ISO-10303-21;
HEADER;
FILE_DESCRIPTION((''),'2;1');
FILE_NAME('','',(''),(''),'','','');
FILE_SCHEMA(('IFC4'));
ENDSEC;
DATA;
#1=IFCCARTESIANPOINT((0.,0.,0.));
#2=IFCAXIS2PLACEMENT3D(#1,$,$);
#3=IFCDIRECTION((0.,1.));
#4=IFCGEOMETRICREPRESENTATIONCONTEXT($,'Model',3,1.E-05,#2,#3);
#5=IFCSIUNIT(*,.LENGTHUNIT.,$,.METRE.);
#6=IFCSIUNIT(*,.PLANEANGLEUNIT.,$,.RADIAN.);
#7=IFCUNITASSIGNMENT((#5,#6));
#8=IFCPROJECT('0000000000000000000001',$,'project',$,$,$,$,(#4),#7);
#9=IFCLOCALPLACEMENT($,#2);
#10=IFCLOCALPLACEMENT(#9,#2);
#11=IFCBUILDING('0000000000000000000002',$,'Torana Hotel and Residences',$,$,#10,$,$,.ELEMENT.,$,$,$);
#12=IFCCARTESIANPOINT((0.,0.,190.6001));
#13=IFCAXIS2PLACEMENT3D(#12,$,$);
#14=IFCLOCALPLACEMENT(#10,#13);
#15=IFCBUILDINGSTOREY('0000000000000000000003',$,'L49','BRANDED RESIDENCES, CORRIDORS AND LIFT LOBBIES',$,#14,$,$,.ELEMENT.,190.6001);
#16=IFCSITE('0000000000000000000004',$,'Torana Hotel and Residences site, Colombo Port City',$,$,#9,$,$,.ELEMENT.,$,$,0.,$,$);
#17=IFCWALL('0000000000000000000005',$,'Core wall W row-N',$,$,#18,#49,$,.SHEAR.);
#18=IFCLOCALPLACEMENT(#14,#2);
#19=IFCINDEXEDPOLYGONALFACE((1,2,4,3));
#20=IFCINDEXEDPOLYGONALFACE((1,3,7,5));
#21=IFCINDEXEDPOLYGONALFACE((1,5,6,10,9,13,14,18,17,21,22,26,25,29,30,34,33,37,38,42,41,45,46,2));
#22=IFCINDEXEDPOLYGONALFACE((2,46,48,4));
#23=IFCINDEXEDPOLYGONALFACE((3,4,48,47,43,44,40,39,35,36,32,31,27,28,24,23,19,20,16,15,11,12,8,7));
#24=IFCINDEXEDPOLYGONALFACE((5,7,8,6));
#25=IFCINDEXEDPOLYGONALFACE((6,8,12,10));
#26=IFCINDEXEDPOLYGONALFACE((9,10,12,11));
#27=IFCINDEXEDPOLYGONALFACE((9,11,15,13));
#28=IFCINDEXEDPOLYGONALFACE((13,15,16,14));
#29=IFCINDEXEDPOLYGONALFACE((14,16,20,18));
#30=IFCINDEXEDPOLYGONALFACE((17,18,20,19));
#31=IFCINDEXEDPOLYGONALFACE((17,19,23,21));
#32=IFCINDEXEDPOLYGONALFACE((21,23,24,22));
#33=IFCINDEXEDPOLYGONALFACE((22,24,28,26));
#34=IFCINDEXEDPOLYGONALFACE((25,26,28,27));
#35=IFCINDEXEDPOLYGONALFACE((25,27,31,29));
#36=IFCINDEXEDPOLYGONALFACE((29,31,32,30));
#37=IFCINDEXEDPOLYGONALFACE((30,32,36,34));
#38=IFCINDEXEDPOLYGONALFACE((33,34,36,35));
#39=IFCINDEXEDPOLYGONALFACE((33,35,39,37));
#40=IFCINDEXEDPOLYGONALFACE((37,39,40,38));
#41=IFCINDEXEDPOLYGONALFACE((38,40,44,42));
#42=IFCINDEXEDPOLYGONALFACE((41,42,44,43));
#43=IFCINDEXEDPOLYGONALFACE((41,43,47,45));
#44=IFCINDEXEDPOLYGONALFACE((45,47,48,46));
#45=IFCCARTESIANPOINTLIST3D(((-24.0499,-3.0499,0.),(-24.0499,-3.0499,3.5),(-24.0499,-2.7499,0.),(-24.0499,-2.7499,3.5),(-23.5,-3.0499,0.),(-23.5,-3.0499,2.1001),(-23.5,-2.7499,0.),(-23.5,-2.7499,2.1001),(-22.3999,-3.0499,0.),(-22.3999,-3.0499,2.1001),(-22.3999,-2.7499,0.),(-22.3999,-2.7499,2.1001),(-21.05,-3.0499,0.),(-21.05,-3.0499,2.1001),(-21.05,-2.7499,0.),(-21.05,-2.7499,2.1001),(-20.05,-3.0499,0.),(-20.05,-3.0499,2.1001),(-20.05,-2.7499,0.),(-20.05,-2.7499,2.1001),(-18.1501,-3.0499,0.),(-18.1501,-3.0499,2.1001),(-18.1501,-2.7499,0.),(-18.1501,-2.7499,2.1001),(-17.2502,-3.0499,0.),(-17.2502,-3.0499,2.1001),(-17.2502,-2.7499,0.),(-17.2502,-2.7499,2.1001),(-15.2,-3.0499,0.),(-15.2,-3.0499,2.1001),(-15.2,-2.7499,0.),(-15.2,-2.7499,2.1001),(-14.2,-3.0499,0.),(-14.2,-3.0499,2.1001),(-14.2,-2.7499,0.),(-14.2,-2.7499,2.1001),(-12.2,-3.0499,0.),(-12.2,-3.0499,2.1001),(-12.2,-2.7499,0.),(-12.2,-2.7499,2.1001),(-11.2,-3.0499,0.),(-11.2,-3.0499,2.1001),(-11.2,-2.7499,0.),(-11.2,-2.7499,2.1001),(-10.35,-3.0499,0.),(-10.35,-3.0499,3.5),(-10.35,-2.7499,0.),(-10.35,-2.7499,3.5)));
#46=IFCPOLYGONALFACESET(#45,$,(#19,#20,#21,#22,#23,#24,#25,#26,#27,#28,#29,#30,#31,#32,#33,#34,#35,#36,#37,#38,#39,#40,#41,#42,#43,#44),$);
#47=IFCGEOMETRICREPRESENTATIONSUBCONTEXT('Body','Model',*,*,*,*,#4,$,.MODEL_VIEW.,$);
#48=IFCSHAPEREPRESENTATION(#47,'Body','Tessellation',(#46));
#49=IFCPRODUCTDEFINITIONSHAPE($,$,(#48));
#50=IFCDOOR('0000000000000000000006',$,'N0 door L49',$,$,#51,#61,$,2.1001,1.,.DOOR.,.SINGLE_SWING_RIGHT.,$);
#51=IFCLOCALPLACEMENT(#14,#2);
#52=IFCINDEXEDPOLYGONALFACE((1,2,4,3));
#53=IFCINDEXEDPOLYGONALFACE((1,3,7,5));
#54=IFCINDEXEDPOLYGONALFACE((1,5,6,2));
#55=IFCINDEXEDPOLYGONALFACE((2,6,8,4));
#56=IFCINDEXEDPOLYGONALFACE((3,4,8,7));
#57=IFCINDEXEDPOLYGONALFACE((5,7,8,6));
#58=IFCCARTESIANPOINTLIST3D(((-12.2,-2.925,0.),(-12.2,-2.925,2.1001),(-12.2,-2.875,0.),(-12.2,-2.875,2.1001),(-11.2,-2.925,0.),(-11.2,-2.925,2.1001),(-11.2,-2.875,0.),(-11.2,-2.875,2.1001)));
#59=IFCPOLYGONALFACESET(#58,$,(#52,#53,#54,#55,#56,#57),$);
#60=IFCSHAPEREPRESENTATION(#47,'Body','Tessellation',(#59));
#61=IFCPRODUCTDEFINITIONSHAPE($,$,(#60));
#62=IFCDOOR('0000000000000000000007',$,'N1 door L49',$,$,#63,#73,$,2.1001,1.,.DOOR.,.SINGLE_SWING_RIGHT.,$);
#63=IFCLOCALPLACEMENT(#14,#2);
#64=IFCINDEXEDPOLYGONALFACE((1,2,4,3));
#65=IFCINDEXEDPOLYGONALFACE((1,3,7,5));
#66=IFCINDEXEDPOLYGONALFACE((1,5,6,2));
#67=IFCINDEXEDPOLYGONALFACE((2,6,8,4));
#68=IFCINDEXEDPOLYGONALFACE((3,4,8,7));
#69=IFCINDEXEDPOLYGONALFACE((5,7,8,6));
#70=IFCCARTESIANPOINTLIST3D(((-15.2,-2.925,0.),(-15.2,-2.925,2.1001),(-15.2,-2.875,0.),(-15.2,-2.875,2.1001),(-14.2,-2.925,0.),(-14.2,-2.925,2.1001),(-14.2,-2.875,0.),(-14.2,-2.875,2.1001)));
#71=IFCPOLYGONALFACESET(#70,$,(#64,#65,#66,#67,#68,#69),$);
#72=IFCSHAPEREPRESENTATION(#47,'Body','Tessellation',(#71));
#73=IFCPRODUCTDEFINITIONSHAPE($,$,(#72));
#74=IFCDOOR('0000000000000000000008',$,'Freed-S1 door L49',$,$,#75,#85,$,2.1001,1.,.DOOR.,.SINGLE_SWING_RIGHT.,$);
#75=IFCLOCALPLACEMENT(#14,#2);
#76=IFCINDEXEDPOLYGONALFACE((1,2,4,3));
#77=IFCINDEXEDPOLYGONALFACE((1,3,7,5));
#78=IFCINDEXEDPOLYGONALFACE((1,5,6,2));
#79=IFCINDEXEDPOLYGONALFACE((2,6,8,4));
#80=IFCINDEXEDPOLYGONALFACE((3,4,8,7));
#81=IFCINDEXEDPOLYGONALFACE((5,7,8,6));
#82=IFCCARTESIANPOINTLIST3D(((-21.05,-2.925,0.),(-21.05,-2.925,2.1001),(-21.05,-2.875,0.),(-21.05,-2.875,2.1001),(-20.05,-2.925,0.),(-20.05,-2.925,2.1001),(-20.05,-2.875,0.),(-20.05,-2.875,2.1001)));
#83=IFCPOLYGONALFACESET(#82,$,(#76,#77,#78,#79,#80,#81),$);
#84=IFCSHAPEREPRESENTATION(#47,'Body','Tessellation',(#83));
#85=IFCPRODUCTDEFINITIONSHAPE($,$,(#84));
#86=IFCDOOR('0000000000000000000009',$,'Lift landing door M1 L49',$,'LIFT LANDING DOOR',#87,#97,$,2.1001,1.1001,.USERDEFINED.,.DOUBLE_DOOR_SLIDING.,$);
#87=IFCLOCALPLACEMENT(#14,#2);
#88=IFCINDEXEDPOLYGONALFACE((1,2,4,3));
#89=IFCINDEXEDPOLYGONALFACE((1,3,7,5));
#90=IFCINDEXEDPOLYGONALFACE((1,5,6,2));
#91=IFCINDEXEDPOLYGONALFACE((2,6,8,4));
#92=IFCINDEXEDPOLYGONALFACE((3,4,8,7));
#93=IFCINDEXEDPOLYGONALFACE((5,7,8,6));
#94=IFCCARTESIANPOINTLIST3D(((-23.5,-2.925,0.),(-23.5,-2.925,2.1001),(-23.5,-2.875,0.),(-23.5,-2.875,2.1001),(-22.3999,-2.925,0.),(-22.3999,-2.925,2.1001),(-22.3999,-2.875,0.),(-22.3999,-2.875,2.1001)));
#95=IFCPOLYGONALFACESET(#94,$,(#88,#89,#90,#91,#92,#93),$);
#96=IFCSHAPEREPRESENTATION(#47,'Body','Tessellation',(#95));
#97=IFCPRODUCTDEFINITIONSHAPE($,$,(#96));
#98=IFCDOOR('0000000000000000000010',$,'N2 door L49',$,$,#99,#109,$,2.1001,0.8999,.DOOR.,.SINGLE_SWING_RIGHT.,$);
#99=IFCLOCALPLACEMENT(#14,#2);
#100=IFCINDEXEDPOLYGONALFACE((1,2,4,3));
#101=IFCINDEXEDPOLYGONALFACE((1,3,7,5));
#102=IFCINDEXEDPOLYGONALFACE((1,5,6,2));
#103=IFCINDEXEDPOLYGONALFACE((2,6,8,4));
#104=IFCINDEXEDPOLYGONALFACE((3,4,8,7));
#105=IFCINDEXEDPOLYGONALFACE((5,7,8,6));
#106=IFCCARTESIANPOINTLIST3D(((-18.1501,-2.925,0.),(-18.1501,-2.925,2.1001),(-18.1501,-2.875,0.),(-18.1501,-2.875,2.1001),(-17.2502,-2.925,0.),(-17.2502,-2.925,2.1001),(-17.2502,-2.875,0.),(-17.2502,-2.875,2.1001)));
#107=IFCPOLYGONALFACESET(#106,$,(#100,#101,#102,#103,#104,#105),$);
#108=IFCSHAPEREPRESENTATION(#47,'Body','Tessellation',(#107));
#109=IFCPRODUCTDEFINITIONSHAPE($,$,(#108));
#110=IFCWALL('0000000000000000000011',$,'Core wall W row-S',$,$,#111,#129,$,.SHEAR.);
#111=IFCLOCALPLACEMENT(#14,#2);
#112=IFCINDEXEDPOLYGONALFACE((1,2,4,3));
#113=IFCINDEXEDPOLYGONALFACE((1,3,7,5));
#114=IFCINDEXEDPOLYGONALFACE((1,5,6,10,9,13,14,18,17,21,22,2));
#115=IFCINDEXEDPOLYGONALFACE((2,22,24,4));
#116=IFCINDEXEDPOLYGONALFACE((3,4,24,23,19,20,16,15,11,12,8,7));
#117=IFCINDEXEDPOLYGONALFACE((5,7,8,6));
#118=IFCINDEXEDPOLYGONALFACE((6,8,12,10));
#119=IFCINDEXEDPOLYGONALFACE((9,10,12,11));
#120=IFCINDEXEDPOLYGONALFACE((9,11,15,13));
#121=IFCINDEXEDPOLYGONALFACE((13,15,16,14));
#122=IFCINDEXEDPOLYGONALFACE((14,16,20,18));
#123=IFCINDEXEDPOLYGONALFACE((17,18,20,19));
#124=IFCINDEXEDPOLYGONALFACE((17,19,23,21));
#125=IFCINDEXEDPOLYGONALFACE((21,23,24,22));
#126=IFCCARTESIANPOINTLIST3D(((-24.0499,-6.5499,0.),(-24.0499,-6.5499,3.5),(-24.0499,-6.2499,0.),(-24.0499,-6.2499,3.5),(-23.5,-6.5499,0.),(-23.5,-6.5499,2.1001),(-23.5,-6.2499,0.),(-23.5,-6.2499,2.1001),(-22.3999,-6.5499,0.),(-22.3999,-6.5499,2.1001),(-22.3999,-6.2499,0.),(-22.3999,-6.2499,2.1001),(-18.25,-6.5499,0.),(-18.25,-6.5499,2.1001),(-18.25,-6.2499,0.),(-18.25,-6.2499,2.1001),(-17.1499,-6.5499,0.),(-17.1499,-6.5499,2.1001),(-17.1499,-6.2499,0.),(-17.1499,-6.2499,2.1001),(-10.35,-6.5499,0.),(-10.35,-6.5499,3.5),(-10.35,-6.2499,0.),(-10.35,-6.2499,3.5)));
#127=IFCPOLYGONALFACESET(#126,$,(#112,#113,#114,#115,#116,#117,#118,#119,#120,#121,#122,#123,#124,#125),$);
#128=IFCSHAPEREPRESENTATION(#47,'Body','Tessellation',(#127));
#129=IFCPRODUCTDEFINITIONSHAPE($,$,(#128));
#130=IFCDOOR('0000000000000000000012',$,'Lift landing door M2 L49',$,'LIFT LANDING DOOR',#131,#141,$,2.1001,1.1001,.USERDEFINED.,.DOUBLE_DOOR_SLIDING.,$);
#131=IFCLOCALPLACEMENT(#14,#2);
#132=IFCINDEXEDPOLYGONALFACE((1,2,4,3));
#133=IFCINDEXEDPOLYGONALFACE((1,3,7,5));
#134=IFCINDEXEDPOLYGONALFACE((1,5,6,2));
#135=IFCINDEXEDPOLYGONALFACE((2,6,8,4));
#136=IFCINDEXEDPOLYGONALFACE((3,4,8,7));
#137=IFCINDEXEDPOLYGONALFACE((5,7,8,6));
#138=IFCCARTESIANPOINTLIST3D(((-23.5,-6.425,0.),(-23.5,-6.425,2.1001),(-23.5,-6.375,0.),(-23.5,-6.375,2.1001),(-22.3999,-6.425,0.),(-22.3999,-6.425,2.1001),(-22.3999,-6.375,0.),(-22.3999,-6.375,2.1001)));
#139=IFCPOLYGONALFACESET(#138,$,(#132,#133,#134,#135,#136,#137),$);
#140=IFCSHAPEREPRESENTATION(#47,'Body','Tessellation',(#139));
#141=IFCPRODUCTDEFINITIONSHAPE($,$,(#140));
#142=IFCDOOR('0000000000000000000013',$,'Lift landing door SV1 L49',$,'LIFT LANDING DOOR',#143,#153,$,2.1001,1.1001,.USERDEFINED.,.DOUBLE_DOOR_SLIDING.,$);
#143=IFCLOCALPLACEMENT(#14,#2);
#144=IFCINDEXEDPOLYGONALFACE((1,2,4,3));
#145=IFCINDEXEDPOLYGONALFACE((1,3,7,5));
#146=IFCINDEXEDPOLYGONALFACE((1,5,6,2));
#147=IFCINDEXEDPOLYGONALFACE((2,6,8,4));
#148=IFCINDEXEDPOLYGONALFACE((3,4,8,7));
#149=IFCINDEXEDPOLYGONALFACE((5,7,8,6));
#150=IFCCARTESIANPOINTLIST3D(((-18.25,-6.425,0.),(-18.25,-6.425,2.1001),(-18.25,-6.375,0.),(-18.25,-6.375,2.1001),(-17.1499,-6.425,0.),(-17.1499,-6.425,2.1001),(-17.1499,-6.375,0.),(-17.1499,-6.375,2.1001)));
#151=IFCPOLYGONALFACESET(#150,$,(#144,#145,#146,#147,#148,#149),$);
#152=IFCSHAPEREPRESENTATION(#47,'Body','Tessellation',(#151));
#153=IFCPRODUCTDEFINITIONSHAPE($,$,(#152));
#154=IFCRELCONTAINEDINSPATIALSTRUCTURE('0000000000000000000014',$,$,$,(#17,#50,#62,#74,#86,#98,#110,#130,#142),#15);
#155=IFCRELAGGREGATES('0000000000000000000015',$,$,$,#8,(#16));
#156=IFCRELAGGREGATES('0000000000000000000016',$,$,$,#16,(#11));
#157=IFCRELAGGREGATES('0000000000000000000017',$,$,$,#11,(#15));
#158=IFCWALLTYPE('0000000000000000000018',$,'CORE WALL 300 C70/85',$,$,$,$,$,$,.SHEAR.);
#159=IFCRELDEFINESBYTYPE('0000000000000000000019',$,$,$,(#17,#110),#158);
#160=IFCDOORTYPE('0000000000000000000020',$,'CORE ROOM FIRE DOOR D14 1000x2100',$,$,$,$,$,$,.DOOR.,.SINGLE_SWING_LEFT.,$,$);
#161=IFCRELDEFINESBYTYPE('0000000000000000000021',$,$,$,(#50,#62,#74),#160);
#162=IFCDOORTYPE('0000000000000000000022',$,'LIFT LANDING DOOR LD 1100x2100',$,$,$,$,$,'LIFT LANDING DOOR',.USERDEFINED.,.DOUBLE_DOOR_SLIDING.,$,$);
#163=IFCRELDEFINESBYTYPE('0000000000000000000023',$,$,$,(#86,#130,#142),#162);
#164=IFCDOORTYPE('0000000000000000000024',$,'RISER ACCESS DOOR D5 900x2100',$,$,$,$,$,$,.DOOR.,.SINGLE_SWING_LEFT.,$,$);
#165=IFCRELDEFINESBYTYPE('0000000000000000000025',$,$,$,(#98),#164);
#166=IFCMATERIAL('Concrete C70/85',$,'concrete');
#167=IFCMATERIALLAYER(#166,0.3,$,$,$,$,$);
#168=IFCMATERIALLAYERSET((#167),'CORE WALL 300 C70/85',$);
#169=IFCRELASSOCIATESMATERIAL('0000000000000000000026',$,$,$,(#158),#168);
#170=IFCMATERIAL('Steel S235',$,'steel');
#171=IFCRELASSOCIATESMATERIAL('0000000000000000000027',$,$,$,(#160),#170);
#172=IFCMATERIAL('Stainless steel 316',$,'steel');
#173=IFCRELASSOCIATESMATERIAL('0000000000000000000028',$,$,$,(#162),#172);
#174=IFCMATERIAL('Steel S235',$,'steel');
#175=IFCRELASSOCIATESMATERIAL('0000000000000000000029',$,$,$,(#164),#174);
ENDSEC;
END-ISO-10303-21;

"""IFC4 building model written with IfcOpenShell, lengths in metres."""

from ifc_helpers import new_model, si_unit, direction, frame, frame_2d, origin, place, context, subcontext, project, spatial, rectangle, extrude, material, layer, layer_set, type_object, element, fill, save


model = new_model("IFC4")

# Units and contexts
model_context = context("Model", 3, precision=1e-05, world=origin(), true_north=direction((0.0, 1.0)))
body_context = subcontext(model_context, "Body", "Model", "MODEL_VIEW")
ifc_project = project(units=[si_unit("LENGTHUNIT", "METRE"), si_unit("PLANEANGLEUNIT", "RADIAN")], contexts=[model_context])

# Site, building, storey
site_placement = place(None, origin())
site = spatial("IfcSite", under=ifc_project, at=site_placement, Name="Torana Hotel and Residences site, Colombo Port City", CompositionType="ELEMENT", RefElevation=0.0)
building_placement = place(site_placement, origin())
building = spatial("IfcBuilding", under=site, at=building_placement, Name="Torana Hotel and Residences", CompositionType="ELEMENT")
storey_placement = place(building_placement, frame((0.0, 0.0, 190.6001)))
storey = spatial("IfcBuildingStorey", under=building, at=storey_placement, Name="L49", Description="BRANDED RESIDENCES, CORRIDORS AND LIFT LOBBIES", CompositionType="ELEMENT", Elevation=190.6001)

# Walls, openings, doors
ifc_material_1 = material(Name="Concrete C70/85", Category="concrete")
ifc_layer_1 = layer(ifc_material_1, 0.3)
ifc_layer_set_1 = layer_set([ifc_layer_1], Name="CORE WALL 300 C70/85")
wall_type_1 = type_object("IfcWallType", Name="CORE WALL 300 C70/85", PredefinedType="SHEAR", material=ifc_layer_set_1)
wall_1_placement = place(storey_placement, frame((-24.05, -2.8999, 0.0), z_axis=(0.0, 0.0, 1.0), x_axis=(1.0, 0.0, 0.0)))
wall_1 = element("IfcWall", 1, at=wall_1_placement, inside=storey, type_object=wall_type_1, Name="Core wall W row-N", PredefinedType="SHEAR", context=body_context, shape_type="SweptSolid", body=[
    extrude(rectangle(XDim=13.7, YDim=0.3, at=frame_2d((6.8501, 0.0))), origin(), (0.0, 0.0, 1.0), 3.5),
])
opening_1_placement = place(wall_1_placement, frame((0.55, 0.0, 0.0)))
opening_1 = element("IfcOpeningElement", 2, at=opening_1_placement, cuts=wall_1, PredefinedType="OPENING", context=body_context, shape_type="SweptSolid", body=[
    extrude(rectangle(XDim=1.1001, YDim=2.1001, at=frame_2d((0.55, 1.05))), frame((0.0, 0.1599, 0.0), z_axis=(0.0, -1.0, 0.0), x_axis=(1.0, 0.0, 0.0)), (0.0, 0.0, 1.0), 0.3201),
])
opening_2_placement = place(wall_1_placement, frame((5.8999, 0.0, 0.0)))
opening_2 = element("IfcOpeningElement", 3, at=opening_2_placement, cuts=wall_1, PredefinedType="OPENING", context=body_context, shape_type="SweptSolid", body=[
    extrude(rectangle(XDim=0.8999, YDim=2.1001, at=frame_2d((0.45, 1.05))), frame((0.0, 0.1599, 0.0), z_axis=(0.0, -1.0, 0.0), x_axis=(1.0, 0.0, 0.0)), (0.0, 0.0, 1.0), 0.3201),
])
opening_3_placement = place(wall_1_placement, frame((11.8501, 0.0, 0.0)))
opening_3 = element("IfcOpeningElement", 4, at=opening_3_placement, cuts=wall_1, PredefinedType="OPENING", context=body_context, shape_type="SweptSolid", body=[
    extrude(rectangle(XDim=1.0, YDim=2.1001, at=frame_2d((0.5, 1.05))), frame((0.0, 0.1599, 0.0), z_axis=(0.0, -1.0, 0.0), x_axis=(1.0, 0.0, 0.0)), (0.0, 0.0, 1.0), 0.3201),
])
opening_4_placement = place(wall_1_placement, frame((8.8501, 0.0, 0.0)))
opening_4 = element("IfcOpeningElement", 5, at=opening_4_placement, cuts=wall_1, PredefinedType="OPENING", context=body_context, shape_type="SweptSolid", body=[
    extrude(rectangle(XDim=1.0, YDim=2.1001, at=frame_2d((0.5, 1.05))), frame((0.0, 0.1599, 0.0), z_axis=(0.0, -1.0, 0.0), x_axis=(1.0, 0.0, 0.0)), (0.0, 0.0, 1.0), 0.3201),
])
opening_5_placement = place(wall_1_placement, frame((3.0, 0.0, 0.0)))
opening_5 = element("IfcOpeningElement", 6, at=opening_5_placement, cuts=wall_1, PredefinedType="OPENING", context=body_context, shape_type="SweptSolid", body=[
    extrude(rectangle(XDim=1.0, YDim=2.1001, at=frame_2d((0.5, 1.05))), frame((0.0, 0.1599, 0.0), z_axis=(0.0, -1.0, 0.0), x_axis=(1.0, 0.0, 0.0)), (0.0, 0.0, 1.0), 0.3201),
])
ifc_material_2 = material(Name="Steel S235", Category="steel")
door_type_1 = type_object("IfcDoorType", Name="CORE ROOM FIRE DOOR D14 1000x2100", OperationType="SINGLE_SWING_LEFT", PredefinedType="DOOR", material=ifc_material_2)
door_1_placement = place(opening_3_placement, origin())
door_1 = element("IfcDoor", 7, at=door_1_placement, inside=storey, type_object=door_type_1, Name="N0 door L49", OperationType="SINGLE_SWING_RIGHT", OverallHeight=2.1001, OverallWidth=1.0, PredefinedType="DOOR", context=body_context, shape_type="SweptSolid", body=[
    extrude(rectangle(XDim=1.0, YDim=2.1001, at=frame_2d((0.5, 1.05))), frame((0.0, 0.0249, 0.0), z_axis=(0.0, -1.0, 0.0), x_axis=(1.0, 0.0, 0.0)), (0.0, 0.0, 1.0), 0.05),
])
fill(opening_3, door_1)
door_2_placement = place(opening_4_placement, origin())
door_2 = element("IfcDoor", 8, at=door_2_placement, inside=storey, type_object=door_type_1, Name="N1 door L49", OperationType="SINGLE_SWING_RIGHT", OverallHeight=2.1001, OverallWidth=1.0, PredefinedType="DOOR", context=body_context, shape_type="SweptSolid", body=[
    extrude(rectangle(XDim=1.0, YDim=2.1001, at=frame_2d((0.5, 1.05))), frame((0.0, 0.0249, 0.0), z_axis=(0.0, -1.0, 0.0), x_axis=(1.0, 0.0, 0.0)), (0.0, 0.0, 1.0), 0.05),
])
fill(opening_4, door_2)
door_3_placement = place(opening_5_placement, origin())
door_3 = element("IfcDoor", 9, at=door_3_placement, inside=storey, type_object=door_type_1, Name="Freed-S1 door L49", OperationType="SINGLE_SWING_RIGHT", OverallHeight=2.1001, OverallWidth=1.0, PredefinedType="DOOR", context=body_context, shape_type="SweptSolid", body=[
    extrude(rectangle(XDim=1.0, YDim=2.1001, at=frame_2d((0.5, 1.05))), frame((0.0, 0.0249, 0.0), z_axis=(0.0, -1.0, 0.0), x_axis=(1.0, 0.0, 0.0)), (0.0, 0.0, 1.0), 0.05),
])
fill(opening_5, door_3)
ifc_material_3 = material(Name="Stainless steel 316", Category="steel")
door_type_2 = type_object("IfcDoorType", Name="LIFT LANDING DOOR LD 1100x2100", ElementType="LIFT LANDING DOOR", OperationType="DOUBLE_DOOR_SLIDING", PredefinedType="USERDEFINED", material=ifc_material_3)
door_4_placement = place(opening_1_placement, origin())
door_4 = element("IfcDoor", 10, at=door_4_placement, inside=storey, type_object=door_type_2, Name="Lift landing door M1 L49", ObjectType="LIFT LANDING DOOR", OperationType="DOUBLE_DOOR_SLIDING", OverallHeight=2.1001, OverallWidth=1.1001, PredefinedType="USERDEFINED", context=body_context, shape_type="SweptSolid", body=[
    extrude(rectangle(XDim=1.1001, YDim=2.1001, at=frame_2d((0.55, 1.05))), frame((0.0, 0.0249, 0.0), z_axis=(0.0, -1.0, 0.0), x_axis=(1.0, 0.0, 0.0)), (0.0, 0.0, 1.0), 0.05),
])
fill(opening_1, door_4)
ifc_material_4 = material(Name="Steel S235", Category="steel")
door_type_3 = type_object("IfcDoorType", Name="RISER ACCESS DOOR D5 900x2100", OperationType="SINGLE_SWING_LEFT", PredefinedType="DOOR", material=ifc_material_4)
door_5_placement = place(opening_2_placement, origin())
door_5 = element("IfcDoor", 11, at=door_5_placement, inside=storey, type_object=door_type_3, Name="N2 door L49", OperationType="SINGLE_SWING_RIGHT", OverallHeight=2.1001, OverallWidth=0.8999, PredefinedType="DOOR", context=body_context, shape_type="SweptSolid", body=[
    extrude(rectangle(XDim=0.8999, YDim=2.1001, at=frame_2d((0.45, 1.05))), frame((0.0, 0.0249, 0.0), z_axis=(0.0, -1.0, 0.0), x_axis=(1.0, 0.0, 0.0)), (0.0, 0.0, 1.0), 0.05),
])
fill(opening_2, door_5)
wall_2_placement = place(storey_placement, frame((-24.05, -6.3999, 0.0), z_axis=(0.0, 0.0, 1.0), x_axis=(1.0, 0.0, 0.0)))
wall_2 = element("IfcWall", 12, at=wall_2_placement, inside=storey, type_object=wall_type_1, Name="Core wall W row-S", PredefinedType="SHEAR", context=body_context, shape_type="SweptSolid", body=[
    extrude(rectangle(XDim=13.7, YDim=0.3, at=frame_2d((6.8501, 0.0))), origin(), (0.0, 0.0, 1.0), 3.5),
])
opening_6_placement = place(wall_2_placement, frame((0.55, 0.0, 0.0)))
opening_6 = element("IfcOpeningElement", 13, at=opening_6_placement, cuts=wall_2, PredefinedType="OPENING", context=body_context, shape_type="SweptSolid", body=[
    extrude(rectangle(XDim=1.1001, YDim=2.1001, at=frame_2d((0.55, 1.05))), frame((0.0, 0.1599, 0.0), z_axis=(0.0, -1.0, 0.0), x_axis=(1.0, 0.0, 0.0)), (0.0, 0.0, 1.0), 0.3201),
])
opening_7_placement = place(wall_2_placement, frame((5.8, 0.0, 0.0)))
opening_7 = element("IfcOpeningElement", 14, at=opening_7_placement, cuts=wall_2, PredefinedType="OPENING", context=body_context, shape_type="SweptSolid", body=[
    extrude(rectangle(XDim=1.1001, YDim=2.1001, at=frame_2d((0.55, 1.05))), frame((0.0, 0.1599, 0.0), z_axis=(0.0, -1.0, 0.0), x_axis=(1.0, 0.0, 0.0)), (0.0, 0.0, 1.0), 0.3201),
])
door_6_placement = place(opening_6_placement, origin())
door_6 = element("IfcDoor", 15, at=door_6_placement, inside=storey, type_object=door_type_2, Name="Lift landing door M2 L49", ObjectType="LIFT LANDING DOOR", OperationType="DOUBLE_DOOR_SLIDING", OverallHeight=2.1001, OverallWidth=1.1001, PredefinedType="USERDEFINED", context=body_context, shape_type="SweptSolid", body=[
    extrude(rectangle(XDim=1.1001, YDim=2.1001, at=frame_2d((0.55, 1.05))), frame((0.0, 0.0249, 0.0), z_axis=(0.0, -1.0, 0.0), x_axis=(1.0, 0.0, 0.0)), (0.0, 0.0, 1.0), 0.05),
])
fill(opening_6, door_6)
door_7_placement = place(opening_7_placement, origin())
door_7 = element("IfcDoor", 16, at=door_7_placement, inside=storey, type_object=door_type_2, Name="Lift landing door SV1 L49", ObjectType="LIFT LANDING DOOR", OperationType="DOUBLE_DOOR_SLIDING", OverallHeight=2.1001, OverallWidth=1.1001, PredefinedType="USERDEFINED", context=body_context, shape_type="SweptSolid", body=[
    extrude(rectangle(XDim=1.1001, YDim=2.1001, at=frame_2d((0.55, 1.05))), frame((0.0, 0.0249, 0.0), z_axis=(0.0, -1.0, 0.0), x_axis=(1.0, 0.0, 0.0)), (0.0, 0.0, 1.0), 0.05),
])
fill(opening_7, door_7)

save(model, "model.ifc")
